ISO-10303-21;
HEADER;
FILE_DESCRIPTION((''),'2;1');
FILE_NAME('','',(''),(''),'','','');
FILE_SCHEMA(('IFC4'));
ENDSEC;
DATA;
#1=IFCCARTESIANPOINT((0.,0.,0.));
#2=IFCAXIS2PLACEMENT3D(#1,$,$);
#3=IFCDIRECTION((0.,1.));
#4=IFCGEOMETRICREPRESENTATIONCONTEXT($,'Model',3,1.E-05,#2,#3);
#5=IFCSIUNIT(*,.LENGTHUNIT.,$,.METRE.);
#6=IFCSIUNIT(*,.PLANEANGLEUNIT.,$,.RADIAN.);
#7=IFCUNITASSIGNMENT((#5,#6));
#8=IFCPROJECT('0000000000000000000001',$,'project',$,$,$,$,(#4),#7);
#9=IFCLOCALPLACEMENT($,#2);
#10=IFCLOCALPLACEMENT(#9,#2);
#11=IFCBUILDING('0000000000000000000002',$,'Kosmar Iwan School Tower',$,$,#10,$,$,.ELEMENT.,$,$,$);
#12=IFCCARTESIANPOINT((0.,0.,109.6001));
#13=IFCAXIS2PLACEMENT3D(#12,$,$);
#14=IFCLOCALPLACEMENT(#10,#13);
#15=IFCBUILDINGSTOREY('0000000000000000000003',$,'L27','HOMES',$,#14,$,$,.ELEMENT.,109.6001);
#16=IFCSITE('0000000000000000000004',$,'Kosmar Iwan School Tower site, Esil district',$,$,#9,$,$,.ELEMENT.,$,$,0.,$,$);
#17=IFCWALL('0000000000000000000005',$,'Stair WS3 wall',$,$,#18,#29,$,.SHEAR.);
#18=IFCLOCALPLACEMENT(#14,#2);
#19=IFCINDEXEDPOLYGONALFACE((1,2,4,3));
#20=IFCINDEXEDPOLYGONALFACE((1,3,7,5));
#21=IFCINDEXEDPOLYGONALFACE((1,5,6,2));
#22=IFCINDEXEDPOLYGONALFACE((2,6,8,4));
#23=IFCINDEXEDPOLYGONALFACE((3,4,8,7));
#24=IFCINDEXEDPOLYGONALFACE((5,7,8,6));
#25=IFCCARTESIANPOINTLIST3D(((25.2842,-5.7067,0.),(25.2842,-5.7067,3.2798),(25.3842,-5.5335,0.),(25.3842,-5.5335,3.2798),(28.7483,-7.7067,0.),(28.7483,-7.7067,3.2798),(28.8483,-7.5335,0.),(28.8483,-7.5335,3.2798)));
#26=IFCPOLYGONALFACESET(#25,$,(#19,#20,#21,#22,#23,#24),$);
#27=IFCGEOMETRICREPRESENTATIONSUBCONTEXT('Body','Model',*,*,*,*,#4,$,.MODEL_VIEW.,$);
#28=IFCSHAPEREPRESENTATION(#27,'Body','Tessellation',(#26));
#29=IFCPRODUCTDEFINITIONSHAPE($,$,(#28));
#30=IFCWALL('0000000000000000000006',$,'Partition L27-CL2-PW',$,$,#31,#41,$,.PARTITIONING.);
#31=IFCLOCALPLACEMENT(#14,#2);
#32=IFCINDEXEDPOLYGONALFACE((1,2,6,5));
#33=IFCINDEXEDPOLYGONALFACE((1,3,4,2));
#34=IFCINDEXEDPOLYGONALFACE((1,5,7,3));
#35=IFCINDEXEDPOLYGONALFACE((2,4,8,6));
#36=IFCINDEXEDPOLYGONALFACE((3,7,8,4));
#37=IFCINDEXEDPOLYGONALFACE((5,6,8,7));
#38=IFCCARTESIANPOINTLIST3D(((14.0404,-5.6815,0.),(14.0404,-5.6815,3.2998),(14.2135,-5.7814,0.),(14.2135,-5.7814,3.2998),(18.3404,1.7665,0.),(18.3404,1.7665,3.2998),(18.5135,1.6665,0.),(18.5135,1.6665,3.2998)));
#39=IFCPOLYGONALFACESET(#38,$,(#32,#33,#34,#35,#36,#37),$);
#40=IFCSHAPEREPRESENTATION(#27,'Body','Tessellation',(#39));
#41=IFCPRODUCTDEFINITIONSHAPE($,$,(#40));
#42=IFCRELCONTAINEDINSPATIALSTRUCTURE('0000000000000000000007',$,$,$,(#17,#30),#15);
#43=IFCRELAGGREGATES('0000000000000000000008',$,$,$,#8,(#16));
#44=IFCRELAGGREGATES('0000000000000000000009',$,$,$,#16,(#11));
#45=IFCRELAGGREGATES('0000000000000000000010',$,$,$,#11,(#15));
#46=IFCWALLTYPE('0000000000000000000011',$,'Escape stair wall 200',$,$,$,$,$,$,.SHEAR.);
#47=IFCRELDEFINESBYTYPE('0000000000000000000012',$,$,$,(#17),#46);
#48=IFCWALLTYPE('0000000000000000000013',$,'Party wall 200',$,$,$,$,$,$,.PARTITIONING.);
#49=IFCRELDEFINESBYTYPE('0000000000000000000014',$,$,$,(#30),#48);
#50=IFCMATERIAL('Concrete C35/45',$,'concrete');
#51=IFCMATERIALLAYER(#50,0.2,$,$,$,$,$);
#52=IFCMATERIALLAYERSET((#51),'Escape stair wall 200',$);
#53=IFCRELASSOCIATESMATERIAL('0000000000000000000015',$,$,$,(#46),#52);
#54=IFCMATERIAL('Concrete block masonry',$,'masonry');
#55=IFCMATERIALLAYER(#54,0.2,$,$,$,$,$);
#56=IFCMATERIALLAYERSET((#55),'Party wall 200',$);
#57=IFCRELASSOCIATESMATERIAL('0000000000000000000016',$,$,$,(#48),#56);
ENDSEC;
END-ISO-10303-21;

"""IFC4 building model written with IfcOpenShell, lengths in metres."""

from ifc_helpers import new_model, si_unit, direction, frame, frame_2d, origin, place, context, subcontext, project, spatial, rectangle, extrude, material, layer, layer_set, type_object, element, save


model = new_model("IFC4")

# Units and contexts
model_context = context("Model", 3, precision=1e-05, world=origin(), true_north=direction((0.0, 1.0)))
body_context = subcontext(model_context, "Body", "Model", "MODEL_VIEW")
ifc_project = project(units=[si_unit("LENGTHUNIT", "METRE"), si_unit("PLANEANGLEUNIT", "RADIAN")], contexts=[model_context])

# Site, building, storey
site_placement = place(None, origin())
site = spatial("IfcSite", under=ifc_project, at=site_placement, Name="Kosmar Iwan School Tower site, Esil district", CompositionType="ELEMENT", RefElevation=0.0)
building_placement = place(site_placement, origin())
building = spatial("IfcBuilding", under=site, at=building_placement, Name="Kosmar Iwan School Tower", CompositionType="ELEMENT")
storey_placement = place(building_placement, frame((0.0, 0.0, 109.6001)))
storey = spatial("IfcBuildingStorey", under=building, at=storey_placement, Name="L27", Description="HOMES", CompositionType="ELEMENT", Elevation=109.6001)

# Walls
ifc_material_1 = material(Name="Concrete C35/45", Category="concrete")
ifc_layer_1 = layer(ifc_material_1, 0.2)
ifc_layer_set_1 = layer_set([ifc_layer_1], Name="Escape stair wall 200")
wall_type_1 = type_object("IfcWallType", Name="Escape stair wall 200", PredefinedType="SHEAR", material=ifc_layer_set_1)
wall_1_placement = place(storey_placement, frame((25.3342, -5.6201, 0.0), z_axis=(0.0, 0.0, 1.0), x_axis=(0.866026, -0.499999, 0.0)))
element("IfcWall", 1, at=wall_1_placement, inside=storey, type_object=wall_type_1, Name="Stair WS3 wall", PredefinedType="SHEAR", context=body_context, shape_type="SweptSolid", body=[
    extrude(rectangle(XDim=4.0, YDim=0.2, at=frame_2d((2.0, 0.0))), origin(), (0.0, 0.0, 1.0), 3.2798),
])
ifc_material_2 = material(Name="Concrete block masonry", Category="masonry")
ifc_layer_2 = layer(ifc_material_2, 0.2)
ifc_layer_set_2 = layer_set([ifc_layer_2], Name="Party wall 200")
wall_type_2 = type_object("IfcWallType", Name="Party wall 200", PredefinedType="PARTITIONING", material=ifc_layer_set_2)
wall_2_placement = place(storey_placement, frame((14.127, -5.7314, 0.0), z_axis=(0.0, 0.0, 1.0), x_axis=(0.499995, 0.866028, 0.0)))
element("IfcWall", 2, at=wall_2_placement, inside=storey, type_object=wall_type_2, Name="Partition L27-CL2-PW", PredefinedType="PARTITIONING", context=body_context, shape_type="SweptSolid", body=[
    extrude(rectangle(XDim=8.6001, YDim=0.2, at=frame_2d((4.3, 0.0))), origin(), (0.0, 0.0, 1.0), 3.2998),
])

save(model, "model.ifc")
